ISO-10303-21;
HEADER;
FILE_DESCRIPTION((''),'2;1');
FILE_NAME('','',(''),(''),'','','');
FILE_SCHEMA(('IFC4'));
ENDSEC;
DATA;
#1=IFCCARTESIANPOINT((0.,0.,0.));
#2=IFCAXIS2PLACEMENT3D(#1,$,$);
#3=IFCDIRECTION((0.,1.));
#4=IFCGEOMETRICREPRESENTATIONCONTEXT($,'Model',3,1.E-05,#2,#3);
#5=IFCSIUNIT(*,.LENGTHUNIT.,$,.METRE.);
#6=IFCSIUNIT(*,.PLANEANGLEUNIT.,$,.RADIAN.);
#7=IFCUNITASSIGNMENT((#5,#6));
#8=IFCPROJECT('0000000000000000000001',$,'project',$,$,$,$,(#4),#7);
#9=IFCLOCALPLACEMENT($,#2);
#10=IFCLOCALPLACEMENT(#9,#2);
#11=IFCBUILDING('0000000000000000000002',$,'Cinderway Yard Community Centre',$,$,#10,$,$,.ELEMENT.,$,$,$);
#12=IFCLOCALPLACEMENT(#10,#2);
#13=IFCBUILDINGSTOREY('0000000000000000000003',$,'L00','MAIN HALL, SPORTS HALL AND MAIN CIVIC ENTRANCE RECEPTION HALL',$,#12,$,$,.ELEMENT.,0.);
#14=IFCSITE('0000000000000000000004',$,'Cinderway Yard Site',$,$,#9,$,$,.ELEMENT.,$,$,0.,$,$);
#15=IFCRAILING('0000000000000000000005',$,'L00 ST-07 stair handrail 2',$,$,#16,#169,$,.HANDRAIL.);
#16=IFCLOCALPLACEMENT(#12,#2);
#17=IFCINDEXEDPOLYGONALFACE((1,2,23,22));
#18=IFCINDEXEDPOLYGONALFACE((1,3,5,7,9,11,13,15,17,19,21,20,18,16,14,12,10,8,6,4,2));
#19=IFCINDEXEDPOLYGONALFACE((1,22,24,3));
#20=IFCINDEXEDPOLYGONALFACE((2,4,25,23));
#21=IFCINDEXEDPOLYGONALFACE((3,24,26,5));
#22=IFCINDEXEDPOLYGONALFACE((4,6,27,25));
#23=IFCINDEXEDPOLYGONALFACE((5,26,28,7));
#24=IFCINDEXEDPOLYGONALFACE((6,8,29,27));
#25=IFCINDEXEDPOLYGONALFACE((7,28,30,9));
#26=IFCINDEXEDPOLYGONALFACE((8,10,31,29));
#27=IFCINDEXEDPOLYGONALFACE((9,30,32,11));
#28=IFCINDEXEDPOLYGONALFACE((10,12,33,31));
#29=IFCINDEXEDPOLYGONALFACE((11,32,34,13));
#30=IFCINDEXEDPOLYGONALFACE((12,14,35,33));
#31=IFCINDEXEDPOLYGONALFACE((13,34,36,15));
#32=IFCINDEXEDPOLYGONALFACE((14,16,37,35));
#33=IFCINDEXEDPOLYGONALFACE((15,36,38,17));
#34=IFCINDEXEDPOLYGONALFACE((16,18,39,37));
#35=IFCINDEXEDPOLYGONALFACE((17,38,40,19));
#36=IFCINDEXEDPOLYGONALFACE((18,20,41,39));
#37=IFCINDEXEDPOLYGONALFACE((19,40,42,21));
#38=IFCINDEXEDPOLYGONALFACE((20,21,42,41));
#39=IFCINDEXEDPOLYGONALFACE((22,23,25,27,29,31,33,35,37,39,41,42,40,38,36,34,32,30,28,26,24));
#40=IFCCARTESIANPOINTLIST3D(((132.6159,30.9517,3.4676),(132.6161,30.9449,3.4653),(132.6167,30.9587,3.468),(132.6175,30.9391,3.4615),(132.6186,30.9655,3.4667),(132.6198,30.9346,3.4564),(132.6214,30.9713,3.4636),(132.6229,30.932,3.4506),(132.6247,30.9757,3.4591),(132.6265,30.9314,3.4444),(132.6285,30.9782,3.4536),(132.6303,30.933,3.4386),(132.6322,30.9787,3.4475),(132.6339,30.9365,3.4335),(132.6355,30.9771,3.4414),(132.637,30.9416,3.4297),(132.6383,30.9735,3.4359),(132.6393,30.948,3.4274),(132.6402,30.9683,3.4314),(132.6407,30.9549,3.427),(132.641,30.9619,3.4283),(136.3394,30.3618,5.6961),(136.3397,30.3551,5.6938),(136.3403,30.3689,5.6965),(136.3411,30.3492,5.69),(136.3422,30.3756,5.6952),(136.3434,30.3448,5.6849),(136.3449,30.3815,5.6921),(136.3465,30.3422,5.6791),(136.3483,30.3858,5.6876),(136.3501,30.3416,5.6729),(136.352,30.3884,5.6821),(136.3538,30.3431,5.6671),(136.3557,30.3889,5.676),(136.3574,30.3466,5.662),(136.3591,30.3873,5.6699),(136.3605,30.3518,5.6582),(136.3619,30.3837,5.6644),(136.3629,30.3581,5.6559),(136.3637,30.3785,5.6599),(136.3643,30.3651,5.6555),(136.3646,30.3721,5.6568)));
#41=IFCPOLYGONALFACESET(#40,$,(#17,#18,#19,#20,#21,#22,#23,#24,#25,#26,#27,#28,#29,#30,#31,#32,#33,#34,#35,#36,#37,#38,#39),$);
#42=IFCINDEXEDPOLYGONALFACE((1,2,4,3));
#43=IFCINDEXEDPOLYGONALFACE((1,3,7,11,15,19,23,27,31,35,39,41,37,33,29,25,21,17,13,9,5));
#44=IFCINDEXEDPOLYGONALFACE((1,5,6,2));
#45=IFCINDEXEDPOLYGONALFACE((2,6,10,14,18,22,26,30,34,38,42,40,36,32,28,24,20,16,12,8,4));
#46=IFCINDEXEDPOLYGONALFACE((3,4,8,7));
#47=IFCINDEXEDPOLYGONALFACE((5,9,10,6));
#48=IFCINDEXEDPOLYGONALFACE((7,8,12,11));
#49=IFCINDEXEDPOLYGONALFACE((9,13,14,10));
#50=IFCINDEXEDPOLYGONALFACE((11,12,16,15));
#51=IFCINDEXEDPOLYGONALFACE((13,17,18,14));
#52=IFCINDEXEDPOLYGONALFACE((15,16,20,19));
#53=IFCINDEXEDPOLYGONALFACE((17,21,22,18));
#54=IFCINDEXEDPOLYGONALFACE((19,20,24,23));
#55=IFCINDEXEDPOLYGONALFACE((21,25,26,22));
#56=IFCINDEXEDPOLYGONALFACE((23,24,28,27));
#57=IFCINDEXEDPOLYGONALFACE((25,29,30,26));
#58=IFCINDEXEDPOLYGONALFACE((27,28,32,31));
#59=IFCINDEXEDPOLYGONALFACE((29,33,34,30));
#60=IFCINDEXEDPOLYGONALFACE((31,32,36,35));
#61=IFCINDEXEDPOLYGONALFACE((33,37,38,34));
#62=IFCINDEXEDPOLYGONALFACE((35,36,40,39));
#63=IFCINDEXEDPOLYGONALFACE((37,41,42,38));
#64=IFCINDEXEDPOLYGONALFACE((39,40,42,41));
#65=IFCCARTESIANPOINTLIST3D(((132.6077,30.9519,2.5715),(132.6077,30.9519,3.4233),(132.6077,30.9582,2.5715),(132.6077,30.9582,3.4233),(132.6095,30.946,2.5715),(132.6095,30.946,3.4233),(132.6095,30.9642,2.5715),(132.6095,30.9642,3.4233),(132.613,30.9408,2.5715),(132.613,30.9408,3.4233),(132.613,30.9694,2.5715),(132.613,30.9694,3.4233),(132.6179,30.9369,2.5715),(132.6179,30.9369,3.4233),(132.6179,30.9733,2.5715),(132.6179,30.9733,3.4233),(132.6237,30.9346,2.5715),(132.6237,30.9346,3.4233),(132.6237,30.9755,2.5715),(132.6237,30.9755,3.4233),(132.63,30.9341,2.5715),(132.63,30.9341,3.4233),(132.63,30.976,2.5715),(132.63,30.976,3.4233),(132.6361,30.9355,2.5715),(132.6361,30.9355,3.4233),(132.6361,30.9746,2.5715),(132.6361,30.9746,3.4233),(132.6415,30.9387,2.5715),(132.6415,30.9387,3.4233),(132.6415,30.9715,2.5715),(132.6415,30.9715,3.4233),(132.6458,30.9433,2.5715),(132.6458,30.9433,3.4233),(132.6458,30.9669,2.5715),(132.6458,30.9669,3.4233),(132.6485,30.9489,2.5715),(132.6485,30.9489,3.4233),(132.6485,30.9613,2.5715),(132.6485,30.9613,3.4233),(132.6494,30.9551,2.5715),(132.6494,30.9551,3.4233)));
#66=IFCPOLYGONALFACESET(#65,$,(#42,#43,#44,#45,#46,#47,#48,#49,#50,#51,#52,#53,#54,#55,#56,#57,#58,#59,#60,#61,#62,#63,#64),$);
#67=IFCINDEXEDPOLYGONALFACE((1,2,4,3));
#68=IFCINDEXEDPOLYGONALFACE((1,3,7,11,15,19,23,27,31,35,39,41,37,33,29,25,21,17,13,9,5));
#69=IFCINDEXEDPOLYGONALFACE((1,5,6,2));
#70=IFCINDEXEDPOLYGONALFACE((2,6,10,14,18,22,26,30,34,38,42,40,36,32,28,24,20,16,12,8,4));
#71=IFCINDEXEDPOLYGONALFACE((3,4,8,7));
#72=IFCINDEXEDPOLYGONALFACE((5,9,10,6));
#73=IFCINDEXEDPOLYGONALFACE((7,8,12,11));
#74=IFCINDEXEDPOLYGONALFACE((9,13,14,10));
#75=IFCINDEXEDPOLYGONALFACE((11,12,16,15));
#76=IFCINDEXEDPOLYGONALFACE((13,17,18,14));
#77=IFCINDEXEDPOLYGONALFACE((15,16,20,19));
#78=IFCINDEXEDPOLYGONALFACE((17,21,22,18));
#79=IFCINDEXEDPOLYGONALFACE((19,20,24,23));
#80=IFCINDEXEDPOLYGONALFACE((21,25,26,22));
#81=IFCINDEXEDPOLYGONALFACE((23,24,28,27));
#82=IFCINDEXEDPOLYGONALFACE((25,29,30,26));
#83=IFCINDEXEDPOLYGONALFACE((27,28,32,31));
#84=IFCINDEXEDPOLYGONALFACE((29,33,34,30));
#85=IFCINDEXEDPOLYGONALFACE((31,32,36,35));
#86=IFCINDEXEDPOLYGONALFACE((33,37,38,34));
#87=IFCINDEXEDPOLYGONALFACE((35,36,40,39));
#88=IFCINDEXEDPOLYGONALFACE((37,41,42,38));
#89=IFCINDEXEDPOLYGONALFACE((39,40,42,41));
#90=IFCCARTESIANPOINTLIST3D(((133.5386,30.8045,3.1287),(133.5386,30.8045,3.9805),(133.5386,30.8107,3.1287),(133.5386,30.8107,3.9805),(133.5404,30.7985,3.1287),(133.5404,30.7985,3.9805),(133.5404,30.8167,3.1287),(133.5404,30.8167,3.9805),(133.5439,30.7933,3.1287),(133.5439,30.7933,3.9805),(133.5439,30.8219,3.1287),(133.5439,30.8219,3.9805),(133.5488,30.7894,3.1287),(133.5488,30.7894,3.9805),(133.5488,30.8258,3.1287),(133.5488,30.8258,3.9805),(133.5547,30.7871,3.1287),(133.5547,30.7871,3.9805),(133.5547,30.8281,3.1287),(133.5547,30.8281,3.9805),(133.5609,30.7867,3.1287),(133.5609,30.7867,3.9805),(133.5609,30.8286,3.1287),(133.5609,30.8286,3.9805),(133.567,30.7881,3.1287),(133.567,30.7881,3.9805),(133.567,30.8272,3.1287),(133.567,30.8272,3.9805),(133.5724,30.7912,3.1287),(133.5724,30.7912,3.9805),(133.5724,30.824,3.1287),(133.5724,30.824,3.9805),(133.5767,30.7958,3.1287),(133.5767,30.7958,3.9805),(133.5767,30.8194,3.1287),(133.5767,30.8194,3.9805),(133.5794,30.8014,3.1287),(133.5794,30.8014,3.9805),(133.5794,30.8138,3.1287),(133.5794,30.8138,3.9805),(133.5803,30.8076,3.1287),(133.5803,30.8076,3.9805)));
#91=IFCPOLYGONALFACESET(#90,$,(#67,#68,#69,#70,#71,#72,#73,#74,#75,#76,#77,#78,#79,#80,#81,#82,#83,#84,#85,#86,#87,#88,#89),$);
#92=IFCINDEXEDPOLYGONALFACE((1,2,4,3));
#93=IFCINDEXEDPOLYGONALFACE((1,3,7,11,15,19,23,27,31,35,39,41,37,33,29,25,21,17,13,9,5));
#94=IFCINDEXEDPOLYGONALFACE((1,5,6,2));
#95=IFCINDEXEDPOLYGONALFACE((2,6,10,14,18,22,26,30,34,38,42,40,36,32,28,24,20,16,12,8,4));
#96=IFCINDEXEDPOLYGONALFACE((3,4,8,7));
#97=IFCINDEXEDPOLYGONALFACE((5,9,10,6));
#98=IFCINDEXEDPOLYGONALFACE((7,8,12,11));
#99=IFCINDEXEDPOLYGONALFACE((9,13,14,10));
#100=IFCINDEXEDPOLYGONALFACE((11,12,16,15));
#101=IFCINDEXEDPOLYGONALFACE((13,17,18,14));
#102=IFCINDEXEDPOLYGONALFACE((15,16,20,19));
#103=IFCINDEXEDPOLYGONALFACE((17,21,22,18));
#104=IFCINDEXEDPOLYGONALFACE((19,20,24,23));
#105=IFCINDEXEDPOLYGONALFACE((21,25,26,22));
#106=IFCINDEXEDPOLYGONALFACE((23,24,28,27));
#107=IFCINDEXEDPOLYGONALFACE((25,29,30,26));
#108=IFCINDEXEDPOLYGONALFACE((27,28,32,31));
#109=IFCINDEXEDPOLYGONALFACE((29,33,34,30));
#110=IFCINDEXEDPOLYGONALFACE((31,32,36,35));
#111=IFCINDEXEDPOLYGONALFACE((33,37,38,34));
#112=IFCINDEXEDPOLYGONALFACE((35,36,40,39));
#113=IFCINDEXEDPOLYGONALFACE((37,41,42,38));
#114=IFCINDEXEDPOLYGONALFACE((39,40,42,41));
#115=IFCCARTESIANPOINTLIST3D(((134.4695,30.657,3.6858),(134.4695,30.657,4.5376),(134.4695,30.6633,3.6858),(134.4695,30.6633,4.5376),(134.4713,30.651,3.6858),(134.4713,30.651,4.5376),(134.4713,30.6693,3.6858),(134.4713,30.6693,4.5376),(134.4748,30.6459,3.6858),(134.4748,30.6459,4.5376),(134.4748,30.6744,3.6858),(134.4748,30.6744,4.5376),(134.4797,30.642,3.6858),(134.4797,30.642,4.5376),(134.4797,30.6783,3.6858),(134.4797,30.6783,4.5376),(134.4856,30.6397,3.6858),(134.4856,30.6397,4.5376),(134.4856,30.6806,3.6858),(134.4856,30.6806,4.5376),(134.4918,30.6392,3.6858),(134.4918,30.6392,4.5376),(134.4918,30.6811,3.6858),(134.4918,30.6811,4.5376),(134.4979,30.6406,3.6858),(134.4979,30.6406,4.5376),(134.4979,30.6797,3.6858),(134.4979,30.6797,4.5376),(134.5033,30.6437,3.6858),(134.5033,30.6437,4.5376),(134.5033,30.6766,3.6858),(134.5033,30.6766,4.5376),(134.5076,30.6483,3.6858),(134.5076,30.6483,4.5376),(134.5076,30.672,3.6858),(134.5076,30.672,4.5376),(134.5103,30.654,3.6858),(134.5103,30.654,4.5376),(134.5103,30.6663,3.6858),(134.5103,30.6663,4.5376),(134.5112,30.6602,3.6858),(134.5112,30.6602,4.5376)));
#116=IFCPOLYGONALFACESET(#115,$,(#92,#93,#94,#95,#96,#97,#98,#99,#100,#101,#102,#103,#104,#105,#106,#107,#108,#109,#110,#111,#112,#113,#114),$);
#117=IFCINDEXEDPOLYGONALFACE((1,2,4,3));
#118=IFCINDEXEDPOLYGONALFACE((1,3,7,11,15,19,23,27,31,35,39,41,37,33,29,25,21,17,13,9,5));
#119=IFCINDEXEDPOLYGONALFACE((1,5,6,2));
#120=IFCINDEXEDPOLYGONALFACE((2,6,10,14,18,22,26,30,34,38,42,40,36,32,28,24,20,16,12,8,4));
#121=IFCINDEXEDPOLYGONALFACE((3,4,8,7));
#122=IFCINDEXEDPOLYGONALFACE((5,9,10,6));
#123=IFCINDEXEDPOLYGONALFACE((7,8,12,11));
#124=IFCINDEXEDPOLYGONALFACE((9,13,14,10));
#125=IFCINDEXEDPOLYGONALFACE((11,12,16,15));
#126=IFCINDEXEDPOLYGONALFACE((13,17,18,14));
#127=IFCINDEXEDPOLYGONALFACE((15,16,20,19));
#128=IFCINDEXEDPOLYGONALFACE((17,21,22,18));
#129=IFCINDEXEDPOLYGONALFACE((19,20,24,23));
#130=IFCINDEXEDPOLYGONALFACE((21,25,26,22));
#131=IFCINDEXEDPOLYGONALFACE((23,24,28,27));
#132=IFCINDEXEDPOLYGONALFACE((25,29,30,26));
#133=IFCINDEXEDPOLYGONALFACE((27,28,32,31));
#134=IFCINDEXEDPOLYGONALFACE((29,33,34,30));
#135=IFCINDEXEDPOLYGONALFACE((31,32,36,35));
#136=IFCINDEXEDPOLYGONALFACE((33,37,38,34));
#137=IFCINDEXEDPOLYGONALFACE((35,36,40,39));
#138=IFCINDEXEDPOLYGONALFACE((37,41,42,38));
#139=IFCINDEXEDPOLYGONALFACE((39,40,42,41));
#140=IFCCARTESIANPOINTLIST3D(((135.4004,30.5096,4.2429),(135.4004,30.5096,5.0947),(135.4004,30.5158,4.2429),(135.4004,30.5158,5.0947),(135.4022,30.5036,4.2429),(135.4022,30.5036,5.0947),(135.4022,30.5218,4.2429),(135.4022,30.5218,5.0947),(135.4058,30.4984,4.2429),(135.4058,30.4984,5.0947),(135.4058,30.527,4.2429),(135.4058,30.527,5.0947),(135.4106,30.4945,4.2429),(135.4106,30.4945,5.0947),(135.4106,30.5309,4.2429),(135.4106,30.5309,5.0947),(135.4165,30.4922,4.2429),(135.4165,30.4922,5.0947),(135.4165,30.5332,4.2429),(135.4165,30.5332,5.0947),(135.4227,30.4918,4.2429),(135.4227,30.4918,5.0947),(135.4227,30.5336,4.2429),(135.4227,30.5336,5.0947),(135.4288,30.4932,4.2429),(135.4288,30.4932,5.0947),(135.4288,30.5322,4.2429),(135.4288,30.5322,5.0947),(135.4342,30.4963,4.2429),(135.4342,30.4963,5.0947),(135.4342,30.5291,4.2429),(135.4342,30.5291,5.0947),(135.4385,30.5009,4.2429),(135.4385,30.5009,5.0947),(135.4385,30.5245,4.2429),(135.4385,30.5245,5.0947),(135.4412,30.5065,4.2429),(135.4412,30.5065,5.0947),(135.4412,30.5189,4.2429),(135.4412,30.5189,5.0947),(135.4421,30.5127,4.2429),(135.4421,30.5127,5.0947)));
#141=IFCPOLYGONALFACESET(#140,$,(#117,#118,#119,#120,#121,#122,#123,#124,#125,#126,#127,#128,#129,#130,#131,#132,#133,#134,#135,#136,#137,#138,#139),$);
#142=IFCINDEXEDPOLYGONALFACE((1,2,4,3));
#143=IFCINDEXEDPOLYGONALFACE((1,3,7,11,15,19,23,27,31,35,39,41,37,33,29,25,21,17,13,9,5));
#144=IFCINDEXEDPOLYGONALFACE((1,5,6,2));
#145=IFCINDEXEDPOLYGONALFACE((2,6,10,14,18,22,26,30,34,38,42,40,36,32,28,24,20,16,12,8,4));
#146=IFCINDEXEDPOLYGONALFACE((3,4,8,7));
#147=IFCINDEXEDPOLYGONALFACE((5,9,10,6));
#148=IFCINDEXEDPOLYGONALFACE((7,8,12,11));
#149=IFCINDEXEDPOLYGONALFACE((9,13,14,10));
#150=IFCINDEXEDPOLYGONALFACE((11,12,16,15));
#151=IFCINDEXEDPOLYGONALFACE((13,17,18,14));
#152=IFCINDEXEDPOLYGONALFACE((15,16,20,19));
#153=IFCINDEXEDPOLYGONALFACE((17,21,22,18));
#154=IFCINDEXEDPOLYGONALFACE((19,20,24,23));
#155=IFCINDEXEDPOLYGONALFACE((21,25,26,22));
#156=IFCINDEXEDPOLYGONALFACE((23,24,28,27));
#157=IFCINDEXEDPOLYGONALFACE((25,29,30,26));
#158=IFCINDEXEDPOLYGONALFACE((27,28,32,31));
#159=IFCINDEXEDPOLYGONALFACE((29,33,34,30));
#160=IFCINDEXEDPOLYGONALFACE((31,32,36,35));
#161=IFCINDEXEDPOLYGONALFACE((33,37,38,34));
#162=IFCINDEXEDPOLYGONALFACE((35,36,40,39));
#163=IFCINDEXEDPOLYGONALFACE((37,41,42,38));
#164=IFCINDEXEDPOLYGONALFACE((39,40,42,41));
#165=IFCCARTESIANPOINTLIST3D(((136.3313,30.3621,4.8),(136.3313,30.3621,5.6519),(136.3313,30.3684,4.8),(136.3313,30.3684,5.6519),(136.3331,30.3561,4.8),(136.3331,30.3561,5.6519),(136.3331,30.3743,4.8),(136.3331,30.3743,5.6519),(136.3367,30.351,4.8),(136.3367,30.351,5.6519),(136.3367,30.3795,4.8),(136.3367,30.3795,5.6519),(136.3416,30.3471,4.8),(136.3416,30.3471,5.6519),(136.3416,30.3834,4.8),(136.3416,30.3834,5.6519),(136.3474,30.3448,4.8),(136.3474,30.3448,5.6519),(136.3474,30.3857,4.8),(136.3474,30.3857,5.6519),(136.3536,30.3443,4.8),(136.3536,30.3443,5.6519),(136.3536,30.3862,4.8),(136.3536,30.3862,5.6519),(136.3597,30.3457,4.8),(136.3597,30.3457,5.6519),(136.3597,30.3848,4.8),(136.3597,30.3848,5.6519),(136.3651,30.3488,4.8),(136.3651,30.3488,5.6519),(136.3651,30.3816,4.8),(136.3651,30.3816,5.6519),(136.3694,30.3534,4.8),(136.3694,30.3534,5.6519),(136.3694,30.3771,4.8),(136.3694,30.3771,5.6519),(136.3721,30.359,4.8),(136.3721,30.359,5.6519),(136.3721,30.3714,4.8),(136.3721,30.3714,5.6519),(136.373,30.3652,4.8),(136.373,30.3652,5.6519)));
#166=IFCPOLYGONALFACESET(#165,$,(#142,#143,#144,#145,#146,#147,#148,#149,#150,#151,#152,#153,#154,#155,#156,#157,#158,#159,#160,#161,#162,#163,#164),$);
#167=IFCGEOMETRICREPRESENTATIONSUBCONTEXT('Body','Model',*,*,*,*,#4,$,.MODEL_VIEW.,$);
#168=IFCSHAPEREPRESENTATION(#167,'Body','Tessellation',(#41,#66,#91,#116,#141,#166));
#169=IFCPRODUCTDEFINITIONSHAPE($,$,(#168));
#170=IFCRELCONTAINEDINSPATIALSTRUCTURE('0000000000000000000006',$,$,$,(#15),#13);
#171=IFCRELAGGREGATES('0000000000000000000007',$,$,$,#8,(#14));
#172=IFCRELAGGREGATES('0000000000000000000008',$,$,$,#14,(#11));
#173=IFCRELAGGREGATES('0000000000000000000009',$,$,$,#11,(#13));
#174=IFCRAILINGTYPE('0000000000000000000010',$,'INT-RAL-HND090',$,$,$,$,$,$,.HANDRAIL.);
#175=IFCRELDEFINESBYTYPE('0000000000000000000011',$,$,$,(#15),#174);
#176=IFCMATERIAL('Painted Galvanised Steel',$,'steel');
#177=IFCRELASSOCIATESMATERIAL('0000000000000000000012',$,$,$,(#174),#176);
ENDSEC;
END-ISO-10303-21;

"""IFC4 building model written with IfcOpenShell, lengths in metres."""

from ifc_helpers import new_model, si_unit, direction, frame, origin, origin_2d, place, context, subcontext, project, spatial, circle, extrude, material, type_object, element, save


model = new_model("IFC4")

# Units and contexts
model_context = context("Model", 3, precision=1e-05, world=origin(), true_north=direction((0.0, 1.0)))
body_context = subcontext(model_context, "Body", "Model", "MODEL_VIEW")
ifc_project = project(units=[si_unit("LENGTHUNIT", "METRE"), si_unit("PLANEANGLEUNIT", "RADIAN")], contexts=[model_context])

# Site, building, storey
site_placement = place(None, origin())
site = spatial("IfcSite", under=ifc_project, at=site_placement, Name="Cinderway Yard Site", CompositionType="ELEMENT", RefElevation=0.0)
building_placement = place(site_placement, origin())
building = spatial("IfcBuilding", under=site, at=building_placement, Name="Cinderway Yard Community Centre", CompositionType="ELEMENT")
storey_placement = place(building_placement, origin())
storey = spatial("IfcBuildingStorey", under=building, at=storey_placement, Name="L00", Description="MAIN HALL, SPORTS HALL AND MAIN CIVIC ENTRANCE RECEPTION HALL", CompositionType="ELEMENT", Elevation=0.0)

# Shared definitions
ifc_material_1 = material(Name="Painted Galvanised Steel", Category="steel")

# Railing
railing_type_1 = type_object("IfcRailingType", Name="INT-RAL-HND090", PredefinedType="HANDRAIL", material=ifc_material_1)
railing_1_placement = place(storey_placement, frame((132.6284, 30.9551, 2.5715)))
element("IfcRailing", 1, at=railing_1_placement, inside=storey, type_object=railing_type_1, Name="L00 ST-07 stair handrail 2", PredefinedType="HANDRAIL", context=body_context, shape_type="SweptSolid", body=[
    extrude(circle(Radius=0.0239, at=origin_2d()), frame((0.0, 0.0, 0.876), z_axis=(0.85025, -0.134684, 0.508857), x_axis=(0.156455, 0.987685, 0.0)), (0.0, 0.0, 1.0), 4.3794),
    extrude(circle(Radius=0.021, at=origin_2d()), origin(), (0.0, 0.0, 1.0), 0.8518),
    extrude(circle(Radius=0.021, at=origin_2d()), frame((0.9309, -0.1475, 0.5571)), (0.0, 0.0, 1.0), 0.8518),
    extrude(circle(Radius=0.021, at=origin_2d()), frame((1.8618, -0.2949, 1.1143)), (0.0, 0.0, 1.0), 0.8518),
    extrude(circle(Radius=0.021, at=origin_2d()), frame((2.7927, -0.4424, 1.6714)), (0.0, 0.0, 1.0), 0.8518),
    extrude(circle(Radius=0.021, at=origin_2d()), frame((3.7236, -0.5898, 2.2285)), (0.0, 0.0, 1.0), 0.8518),
])

save(model, "model.ifc")
